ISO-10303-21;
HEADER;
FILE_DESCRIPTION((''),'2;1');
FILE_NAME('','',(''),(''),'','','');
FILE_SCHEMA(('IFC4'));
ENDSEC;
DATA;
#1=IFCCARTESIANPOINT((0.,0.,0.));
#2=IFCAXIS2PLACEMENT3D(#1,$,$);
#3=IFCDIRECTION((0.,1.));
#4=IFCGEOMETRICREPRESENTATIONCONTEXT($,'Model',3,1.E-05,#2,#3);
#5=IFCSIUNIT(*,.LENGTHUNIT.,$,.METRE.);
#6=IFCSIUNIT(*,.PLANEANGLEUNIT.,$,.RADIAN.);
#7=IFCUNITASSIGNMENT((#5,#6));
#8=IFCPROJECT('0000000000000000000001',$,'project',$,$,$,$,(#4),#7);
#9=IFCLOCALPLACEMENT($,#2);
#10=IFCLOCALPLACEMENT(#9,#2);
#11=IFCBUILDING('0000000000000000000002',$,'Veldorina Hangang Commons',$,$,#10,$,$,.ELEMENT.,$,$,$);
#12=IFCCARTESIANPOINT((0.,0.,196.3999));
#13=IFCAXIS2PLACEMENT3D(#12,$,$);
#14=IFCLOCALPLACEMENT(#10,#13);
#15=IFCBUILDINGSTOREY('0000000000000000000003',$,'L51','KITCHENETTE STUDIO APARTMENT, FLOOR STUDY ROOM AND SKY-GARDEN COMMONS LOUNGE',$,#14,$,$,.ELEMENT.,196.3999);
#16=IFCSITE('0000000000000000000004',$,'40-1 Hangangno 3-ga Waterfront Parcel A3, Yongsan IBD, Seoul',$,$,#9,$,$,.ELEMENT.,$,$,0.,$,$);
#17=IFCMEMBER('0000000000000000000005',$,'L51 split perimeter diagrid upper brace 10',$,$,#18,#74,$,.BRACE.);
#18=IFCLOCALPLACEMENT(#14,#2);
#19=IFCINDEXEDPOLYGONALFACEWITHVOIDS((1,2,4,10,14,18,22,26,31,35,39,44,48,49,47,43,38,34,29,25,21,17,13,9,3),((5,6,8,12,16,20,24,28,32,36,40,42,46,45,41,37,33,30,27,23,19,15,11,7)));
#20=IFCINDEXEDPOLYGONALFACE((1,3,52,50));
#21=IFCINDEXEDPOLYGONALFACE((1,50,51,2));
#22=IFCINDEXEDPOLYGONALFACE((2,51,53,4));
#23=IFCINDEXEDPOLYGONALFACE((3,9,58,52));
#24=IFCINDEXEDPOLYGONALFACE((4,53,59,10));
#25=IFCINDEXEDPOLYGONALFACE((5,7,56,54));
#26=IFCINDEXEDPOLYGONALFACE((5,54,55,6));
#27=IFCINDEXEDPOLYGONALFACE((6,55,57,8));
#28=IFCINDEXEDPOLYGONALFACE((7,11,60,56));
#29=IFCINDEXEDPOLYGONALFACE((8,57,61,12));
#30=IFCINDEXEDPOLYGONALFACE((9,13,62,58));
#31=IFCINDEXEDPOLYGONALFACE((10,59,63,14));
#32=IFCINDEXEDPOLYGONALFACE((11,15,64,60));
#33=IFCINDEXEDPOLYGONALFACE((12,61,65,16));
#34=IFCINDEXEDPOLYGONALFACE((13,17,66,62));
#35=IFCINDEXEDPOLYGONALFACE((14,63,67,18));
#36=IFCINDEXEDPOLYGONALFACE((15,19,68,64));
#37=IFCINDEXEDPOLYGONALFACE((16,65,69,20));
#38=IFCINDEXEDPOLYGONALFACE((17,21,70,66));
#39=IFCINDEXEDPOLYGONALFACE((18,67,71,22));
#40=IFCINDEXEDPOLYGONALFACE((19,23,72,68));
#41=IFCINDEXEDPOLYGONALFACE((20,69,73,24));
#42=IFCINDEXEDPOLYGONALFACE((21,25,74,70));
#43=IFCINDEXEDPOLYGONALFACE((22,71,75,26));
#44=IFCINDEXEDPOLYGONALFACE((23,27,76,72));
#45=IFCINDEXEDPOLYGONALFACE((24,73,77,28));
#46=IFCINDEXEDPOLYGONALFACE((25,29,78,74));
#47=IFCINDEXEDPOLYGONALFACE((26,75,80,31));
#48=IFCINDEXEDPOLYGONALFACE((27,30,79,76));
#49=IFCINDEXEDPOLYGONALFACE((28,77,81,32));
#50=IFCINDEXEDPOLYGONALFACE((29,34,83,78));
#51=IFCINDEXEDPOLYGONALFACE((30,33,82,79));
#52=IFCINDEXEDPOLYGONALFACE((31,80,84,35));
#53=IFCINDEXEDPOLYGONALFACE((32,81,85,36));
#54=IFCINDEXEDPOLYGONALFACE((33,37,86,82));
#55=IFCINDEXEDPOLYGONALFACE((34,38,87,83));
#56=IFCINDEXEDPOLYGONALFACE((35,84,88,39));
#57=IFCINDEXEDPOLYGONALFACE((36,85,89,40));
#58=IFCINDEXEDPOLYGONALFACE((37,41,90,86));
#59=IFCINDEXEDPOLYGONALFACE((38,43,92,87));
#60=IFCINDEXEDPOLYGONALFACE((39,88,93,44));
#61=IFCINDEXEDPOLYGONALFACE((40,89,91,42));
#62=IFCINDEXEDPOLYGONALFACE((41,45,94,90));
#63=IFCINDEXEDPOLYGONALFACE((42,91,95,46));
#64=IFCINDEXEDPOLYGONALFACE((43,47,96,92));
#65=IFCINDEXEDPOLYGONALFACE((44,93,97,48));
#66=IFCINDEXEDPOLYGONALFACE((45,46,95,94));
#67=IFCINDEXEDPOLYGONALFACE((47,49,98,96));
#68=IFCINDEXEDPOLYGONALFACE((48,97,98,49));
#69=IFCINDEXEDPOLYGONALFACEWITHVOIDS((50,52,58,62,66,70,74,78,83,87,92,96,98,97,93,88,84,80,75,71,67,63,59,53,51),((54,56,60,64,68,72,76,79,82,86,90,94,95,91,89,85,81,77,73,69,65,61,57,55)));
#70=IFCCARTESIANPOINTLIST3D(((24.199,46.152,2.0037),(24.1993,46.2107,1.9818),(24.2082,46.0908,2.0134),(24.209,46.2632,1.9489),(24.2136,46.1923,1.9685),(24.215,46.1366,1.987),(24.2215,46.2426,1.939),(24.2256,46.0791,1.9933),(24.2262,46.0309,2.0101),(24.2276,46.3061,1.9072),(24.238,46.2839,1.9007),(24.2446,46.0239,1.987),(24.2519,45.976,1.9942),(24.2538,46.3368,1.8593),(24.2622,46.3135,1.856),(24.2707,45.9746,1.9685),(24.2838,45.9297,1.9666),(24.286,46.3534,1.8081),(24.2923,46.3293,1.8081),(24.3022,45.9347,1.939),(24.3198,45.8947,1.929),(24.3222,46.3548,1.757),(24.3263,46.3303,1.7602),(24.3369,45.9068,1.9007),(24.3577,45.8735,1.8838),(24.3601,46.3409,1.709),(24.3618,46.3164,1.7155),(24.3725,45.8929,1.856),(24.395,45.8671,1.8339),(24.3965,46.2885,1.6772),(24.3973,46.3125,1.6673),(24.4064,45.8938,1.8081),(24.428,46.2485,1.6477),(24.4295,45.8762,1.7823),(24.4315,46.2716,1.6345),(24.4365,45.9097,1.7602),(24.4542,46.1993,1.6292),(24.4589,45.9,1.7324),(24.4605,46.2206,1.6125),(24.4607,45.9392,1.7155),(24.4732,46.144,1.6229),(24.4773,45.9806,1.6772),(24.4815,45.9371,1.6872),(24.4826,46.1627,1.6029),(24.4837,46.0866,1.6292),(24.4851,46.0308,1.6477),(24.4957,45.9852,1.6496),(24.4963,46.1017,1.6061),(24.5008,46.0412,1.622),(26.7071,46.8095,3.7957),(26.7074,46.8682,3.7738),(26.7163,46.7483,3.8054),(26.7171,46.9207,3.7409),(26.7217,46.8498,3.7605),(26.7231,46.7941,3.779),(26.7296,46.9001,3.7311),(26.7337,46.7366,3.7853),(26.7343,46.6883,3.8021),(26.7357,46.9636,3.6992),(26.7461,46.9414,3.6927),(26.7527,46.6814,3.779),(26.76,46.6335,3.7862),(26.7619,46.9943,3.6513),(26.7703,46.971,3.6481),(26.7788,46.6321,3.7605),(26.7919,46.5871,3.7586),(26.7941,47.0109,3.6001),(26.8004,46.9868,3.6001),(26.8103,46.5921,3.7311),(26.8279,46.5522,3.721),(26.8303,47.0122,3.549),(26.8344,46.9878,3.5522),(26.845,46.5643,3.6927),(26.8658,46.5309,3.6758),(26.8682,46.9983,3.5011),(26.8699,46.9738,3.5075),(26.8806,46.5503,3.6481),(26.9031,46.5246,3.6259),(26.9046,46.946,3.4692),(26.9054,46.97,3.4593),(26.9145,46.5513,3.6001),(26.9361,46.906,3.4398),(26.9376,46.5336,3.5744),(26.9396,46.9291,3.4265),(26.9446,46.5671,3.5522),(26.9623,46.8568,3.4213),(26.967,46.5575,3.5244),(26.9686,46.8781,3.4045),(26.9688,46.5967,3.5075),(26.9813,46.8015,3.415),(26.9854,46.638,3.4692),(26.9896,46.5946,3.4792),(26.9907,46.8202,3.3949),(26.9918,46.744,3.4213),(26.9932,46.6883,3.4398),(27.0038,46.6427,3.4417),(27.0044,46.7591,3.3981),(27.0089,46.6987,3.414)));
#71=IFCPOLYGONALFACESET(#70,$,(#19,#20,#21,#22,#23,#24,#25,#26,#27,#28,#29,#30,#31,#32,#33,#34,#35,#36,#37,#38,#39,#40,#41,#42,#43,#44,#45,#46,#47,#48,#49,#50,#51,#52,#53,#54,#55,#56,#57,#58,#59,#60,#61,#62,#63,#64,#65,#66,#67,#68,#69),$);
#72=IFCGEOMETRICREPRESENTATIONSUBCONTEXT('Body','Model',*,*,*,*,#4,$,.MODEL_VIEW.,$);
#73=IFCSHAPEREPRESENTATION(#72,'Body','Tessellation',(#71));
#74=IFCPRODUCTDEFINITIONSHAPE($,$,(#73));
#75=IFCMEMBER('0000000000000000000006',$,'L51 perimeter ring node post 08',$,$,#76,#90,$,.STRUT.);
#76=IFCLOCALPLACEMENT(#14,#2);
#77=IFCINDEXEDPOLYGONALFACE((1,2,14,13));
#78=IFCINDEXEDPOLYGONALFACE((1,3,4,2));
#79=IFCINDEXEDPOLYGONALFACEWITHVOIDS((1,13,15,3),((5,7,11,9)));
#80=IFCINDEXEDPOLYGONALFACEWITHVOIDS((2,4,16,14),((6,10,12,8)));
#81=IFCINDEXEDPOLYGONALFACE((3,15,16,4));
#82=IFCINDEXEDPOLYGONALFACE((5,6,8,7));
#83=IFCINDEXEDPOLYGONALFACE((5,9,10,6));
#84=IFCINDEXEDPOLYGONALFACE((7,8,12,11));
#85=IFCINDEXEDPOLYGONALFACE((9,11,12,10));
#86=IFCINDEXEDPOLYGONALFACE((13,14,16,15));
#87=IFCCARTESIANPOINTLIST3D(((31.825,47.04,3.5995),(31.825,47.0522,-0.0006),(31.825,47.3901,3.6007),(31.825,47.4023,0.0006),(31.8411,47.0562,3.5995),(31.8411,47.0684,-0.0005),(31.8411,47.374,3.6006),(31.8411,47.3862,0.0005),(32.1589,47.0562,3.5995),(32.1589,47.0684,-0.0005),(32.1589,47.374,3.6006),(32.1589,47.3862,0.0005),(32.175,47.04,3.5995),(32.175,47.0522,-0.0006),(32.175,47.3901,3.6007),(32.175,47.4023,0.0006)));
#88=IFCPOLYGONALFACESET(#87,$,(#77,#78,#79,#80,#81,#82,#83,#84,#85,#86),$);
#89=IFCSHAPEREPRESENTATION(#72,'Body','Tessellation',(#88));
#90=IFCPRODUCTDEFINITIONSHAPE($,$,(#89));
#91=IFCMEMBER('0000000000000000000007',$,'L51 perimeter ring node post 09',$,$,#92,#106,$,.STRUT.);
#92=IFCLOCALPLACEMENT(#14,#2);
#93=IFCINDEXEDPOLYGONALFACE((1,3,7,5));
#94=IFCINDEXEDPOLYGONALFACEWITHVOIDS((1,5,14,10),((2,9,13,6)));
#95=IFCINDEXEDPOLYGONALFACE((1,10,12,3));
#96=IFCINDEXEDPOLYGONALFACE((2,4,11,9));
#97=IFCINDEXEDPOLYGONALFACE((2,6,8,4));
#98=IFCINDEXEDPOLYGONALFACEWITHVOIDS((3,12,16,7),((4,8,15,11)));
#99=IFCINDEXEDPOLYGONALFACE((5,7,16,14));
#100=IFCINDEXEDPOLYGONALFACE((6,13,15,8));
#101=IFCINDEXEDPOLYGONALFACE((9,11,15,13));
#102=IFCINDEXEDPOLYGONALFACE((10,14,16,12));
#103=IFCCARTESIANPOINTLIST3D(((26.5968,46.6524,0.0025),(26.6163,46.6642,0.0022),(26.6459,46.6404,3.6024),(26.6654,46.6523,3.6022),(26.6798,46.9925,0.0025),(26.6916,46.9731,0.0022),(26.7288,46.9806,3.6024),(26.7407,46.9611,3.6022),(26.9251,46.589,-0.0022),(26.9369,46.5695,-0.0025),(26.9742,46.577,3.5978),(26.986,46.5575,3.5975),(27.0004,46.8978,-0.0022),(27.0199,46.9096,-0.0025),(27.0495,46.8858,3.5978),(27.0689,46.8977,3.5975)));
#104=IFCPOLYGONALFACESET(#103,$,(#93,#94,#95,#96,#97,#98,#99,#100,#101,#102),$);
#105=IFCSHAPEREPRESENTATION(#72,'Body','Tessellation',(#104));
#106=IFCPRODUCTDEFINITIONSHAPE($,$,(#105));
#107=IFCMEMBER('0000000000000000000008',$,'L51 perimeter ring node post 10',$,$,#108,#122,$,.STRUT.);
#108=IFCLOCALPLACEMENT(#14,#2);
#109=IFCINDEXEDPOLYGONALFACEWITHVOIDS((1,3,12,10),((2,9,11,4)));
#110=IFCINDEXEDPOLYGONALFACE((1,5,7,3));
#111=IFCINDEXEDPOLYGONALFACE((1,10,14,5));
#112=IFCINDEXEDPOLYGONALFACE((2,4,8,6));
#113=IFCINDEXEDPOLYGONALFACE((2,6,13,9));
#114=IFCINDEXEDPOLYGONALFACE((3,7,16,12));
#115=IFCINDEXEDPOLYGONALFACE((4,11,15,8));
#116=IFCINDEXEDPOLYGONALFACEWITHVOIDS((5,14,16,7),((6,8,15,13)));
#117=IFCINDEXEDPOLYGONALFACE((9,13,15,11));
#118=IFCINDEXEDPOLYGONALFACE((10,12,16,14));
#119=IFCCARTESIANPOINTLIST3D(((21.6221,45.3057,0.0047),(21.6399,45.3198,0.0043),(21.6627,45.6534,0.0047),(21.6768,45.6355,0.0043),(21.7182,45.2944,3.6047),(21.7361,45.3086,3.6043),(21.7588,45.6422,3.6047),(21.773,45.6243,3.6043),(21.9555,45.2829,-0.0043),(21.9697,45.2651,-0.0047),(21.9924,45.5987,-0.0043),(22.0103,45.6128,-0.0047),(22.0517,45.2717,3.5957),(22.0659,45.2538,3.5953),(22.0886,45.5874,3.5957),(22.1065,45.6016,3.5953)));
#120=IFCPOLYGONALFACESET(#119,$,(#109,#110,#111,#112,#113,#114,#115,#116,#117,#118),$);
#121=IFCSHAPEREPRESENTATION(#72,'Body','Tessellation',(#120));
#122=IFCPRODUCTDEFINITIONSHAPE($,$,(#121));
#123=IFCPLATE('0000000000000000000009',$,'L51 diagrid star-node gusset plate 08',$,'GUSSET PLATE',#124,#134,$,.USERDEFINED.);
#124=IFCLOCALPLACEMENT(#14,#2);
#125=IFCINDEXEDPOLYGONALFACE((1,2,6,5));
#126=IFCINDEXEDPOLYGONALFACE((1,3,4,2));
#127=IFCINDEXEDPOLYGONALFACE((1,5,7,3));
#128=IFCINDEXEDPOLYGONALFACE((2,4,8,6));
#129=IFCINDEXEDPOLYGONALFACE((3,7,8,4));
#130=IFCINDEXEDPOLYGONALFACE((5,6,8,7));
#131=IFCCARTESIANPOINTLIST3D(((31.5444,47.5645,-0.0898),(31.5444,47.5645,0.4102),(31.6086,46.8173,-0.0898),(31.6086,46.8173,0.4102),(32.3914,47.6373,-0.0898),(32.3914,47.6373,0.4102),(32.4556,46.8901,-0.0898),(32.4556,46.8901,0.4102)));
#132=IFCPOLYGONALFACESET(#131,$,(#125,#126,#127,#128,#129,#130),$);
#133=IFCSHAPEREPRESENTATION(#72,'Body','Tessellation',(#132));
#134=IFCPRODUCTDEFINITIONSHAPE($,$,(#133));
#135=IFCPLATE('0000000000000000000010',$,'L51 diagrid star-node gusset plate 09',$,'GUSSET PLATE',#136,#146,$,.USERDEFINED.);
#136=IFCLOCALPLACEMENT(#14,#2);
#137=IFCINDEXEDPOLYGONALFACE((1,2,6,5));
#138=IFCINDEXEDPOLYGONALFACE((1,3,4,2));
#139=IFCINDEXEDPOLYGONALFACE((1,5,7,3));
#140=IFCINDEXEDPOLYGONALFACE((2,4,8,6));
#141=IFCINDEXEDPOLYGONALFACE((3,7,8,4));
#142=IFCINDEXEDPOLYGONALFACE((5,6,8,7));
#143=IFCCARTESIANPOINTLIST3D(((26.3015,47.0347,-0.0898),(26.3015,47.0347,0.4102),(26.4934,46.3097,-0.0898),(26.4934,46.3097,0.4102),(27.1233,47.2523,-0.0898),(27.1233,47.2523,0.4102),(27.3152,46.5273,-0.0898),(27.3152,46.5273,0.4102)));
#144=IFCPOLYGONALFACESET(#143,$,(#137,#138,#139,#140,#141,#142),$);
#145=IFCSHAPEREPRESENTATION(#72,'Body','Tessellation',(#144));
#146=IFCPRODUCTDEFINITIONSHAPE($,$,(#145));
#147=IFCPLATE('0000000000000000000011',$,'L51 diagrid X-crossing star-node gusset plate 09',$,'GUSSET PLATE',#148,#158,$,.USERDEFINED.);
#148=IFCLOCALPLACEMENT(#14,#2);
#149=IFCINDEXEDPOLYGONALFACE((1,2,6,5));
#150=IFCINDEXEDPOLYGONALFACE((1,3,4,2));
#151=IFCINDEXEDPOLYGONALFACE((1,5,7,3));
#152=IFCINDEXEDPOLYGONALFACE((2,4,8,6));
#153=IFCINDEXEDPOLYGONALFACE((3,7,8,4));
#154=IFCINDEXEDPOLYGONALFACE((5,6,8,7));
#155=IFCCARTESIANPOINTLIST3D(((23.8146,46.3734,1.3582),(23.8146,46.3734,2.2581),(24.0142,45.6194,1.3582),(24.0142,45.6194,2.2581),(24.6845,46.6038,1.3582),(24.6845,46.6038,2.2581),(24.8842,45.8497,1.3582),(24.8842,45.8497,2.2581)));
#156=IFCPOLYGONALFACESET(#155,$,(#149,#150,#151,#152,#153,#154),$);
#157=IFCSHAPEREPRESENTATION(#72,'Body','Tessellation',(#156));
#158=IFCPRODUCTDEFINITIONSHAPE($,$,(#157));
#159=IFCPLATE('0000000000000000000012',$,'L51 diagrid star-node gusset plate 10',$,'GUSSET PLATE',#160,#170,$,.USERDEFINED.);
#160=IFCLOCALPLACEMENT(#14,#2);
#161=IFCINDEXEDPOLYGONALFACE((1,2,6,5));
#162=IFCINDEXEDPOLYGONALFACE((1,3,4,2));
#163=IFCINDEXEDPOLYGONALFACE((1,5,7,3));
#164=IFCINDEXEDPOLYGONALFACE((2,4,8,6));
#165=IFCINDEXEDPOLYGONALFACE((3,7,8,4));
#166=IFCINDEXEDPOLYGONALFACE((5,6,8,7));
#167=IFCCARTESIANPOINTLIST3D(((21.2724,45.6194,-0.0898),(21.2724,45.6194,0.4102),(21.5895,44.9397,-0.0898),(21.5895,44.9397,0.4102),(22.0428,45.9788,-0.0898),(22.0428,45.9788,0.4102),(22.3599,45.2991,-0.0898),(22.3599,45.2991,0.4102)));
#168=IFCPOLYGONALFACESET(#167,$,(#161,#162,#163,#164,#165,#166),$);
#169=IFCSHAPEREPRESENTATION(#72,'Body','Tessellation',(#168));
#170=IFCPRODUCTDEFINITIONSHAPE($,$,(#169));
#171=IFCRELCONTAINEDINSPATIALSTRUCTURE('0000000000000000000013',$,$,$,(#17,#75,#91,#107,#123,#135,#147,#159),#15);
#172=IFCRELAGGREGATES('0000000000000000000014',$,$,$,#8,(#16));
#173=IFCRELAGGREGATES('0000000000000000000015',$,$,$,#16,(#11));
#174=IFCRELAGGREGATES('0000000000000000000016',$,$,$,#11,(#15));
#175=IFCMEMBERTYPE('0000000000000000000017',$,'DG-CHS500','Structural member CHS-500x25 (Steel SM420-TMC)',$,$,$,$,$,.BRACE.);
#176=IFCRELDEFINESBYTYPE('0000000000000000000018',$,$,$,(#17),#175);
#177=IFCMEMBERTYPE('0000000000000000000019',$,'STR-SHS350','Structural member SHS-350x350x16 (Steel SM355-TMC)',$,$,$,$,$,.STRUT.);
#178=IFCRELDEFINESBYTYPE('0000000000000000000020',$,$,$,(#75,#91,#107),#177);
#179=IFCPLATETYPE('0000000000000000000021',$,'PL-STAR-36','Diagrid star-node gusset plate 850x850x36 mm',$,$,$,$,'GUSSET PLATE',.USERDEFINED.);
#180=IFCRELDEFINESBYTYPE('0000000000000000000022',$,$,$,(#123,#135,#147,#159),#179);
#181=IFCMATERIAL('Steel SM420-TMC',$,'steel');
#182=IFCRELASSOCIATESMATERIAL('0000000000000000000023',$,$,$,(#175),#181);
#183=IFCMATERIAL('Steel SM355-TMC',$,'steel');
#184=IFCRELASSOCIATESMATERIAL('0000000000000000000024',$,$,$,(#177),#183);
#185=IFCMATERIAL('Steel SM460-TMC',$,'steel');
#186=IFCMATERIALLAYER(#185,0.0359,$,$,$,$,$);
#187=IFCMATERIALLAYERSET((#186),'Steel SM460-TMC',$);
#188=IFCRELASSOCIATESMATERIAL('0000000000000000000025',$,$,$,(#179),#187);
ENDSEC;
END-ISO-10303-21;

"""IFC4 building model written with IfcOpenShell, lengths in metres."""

from ifc_helpers import new_model, si_unit, direction, frame, origin, origin_2d, place, context, subcontext, project, spatial, rectangle, hollow_rectangle, hollow_circle, extrude, material, layer, layer_set, material_profile, profile_set, type_object, element, save


model = new_model("IFC4")

# Units and contexts
model_context = context("Model", 3, precision=1e-05, world=origin(), true_north=direction((0.0, 1.0)))
body_context = subcontext(model_context, "Body", "Model", "MODEL_VIEW")
ifc_project = project(units=[si_unit("LENGTHUNIT", "METRE"), si_unit("PLANEANGLEUNIT", "RADIAN")], contexts=[model_context])

# Site, building, storey
site_placement = place(None, origin())
site = spatial("IfcSite", under=ifc_project, at=site_placement, Name="40-1 Hangangno 3-ga Waterfront Parcel A3, Yongsan IBD, Seoul", CompositionType="ELEMENT", RefElevation=0.0)
building_placement = place(site_placement, origin())
building = spatial("IfcBuilding", under=site, at=building_placement, Name="Veldorina Hangang Commons", CompositionType="ELEMENT")
storey_placement = place(building_placement, frame((0.0, 0.0, 196.3999)))
storey = spatial("IfcBuildingStorey", under=building, at=storey_placement, Name="L51", Description="KITCHENETTE STUDIO APARTMENT, FLOOR STUDY ROOM AND SKY-GARDEN COMMONS LOUNGE", CompositionType="ELEMENT", Elevation=196.3999)

# Shared definitions
ifc_material_1 = material(Name="Steel SM355-TMC", Category="steel")
ifc_material_2 = material(Name="Steel SM420-TMC", Category="steel")

# Members
ifc_material_profile_1 = material_profile(ifc_material_2, hollow_circle(Radius=0.25, WallThickness=0.0249, at=origin_2d()), Name="CHS-500x25")
ifc_profile_set_1 = profile_set([ifc_material_profile_1], Name="Steel SM420-TMC")
member_type_1 = type_object("IfcMemberType", Name="DG-CHS500", Description="Structural member CHS-500x25 (Steel SM420-TMC)", PredefinedType="BRACE", material=ifc_profile_set_1)
member_1_placement = place(storey_placement, frame((24.3494, 46.1116, 1.8081), z_axis=(0.795753, 0.208602, 0.568561), x_axis=(-0.253575, 0.967316, 0.0)))
element("IfcMember", 1, at=member_1_placement, inside=storey, type_object=member_type_1, Name="L51 split perimeter diagrid upper brace 10", PredefinedType="BRACE", context=body_context, shape_type="SweptSolid", body=[
    extrude(hollow_circle(Radius=0.25, WallThickness=0.0249, at=origin_2d()), origin(), (0.0, 0.0, 1.0), 3.1519),
])
ifc_material_profile_2 = material_profile(ifc_material_1, hollow_rectangle(XDim=0.3501, YDim=0.3501, WallThickness=0.0161, at=origin_2d()), Name="SHS-350x350x16")
ifc_profile_set_2 = profile_set([ifc_material_profile_2], Name="Steel SM355-TMC")
member_type_2 = type_object("IfcMemberType", Name="STR-SHS350", Description="Structural member SHS-350x350x16 (Steel SM355-TMC)", PredefinedType="STRUT", material=ifc_profile_set_2)
member_2_placement = place(storey_placement, frame((32.0, 47.2273, 0.0), z_axis=(0.0, -0.003391, 0.999994), x_axis=(1.0, 0.0, 0.0)))
element("IfcMember", 2, at=member_2_placement, inside=storey, type_object=member_type_2, Name="L51 perimeter ring node post 08", PredefinedType="STRUT", context=body_context, shape_type="SweptSolid", body=[
    extrude(hollow_rectangle(XDim=0.3501, YDim=0.3501, WallThickness=0.0161, at=origin_2d()), origin(), (0.0, 0.0, 1.0), 3.6001),
])
member_3_placement = place(storey_placement, frame((26.8083, 46.781, 0.0), z_axis=(0.013629, -0.003323, 0.999902), x_axis=(0.236845, 0.971547, 0.0)))
element("IfcMember", 3, at=member_3_placement, inside=storey, type_object=member_type_2, Name="L51 perimeter ring node post 09", PredefinedType="STRUT", context=body_context, shape_type="SweptSolid", body=[
    extrude(hollow_rectangle(XDim=0.3501, YDim=0.3501, WallThickness=0.0161, at=origin_2d()), origin(), (0.0, 0.0, 1.0), 3.6003),
])
member_4_placement = place(storey_placement, frame((21.8162, 45.4592, 0.0), z_axis=(0.026709, -0.003118, 0.999638), x_axis=(0.115964, 0.993253, 0.0)))
element("IfcMember", 4, at=member_4_placement, inside=storey, type_object=member_type_2, Name="L51 perimeter ring node post 10", PredefinedType="STRUT", context=body_context, shape_type="SweptSolid", body=[
    extrude(hollow_rectangle(XDim=0.3501, YDim=0.3501, WallThickness=0.0161, at=origin_2d()), origin(), (0.0, 0.0, 1.0), 3.6013),
])

# Plates
ifc_material_3 = material(Name="Steel SM460-TMC", Category="steel")
ifc_layer_1 = layer(ifc_material_3, 0.0359)
ifc_layer_set_1 = layer_set([ifc_layer_1], Name="Steel SM460-TMC")
plate_type = type_object("IfcPlateType", Name="PL-STAR-36", Description="Diagrid star-node gusset plate 850x850x36 mm", ElementType="GUSSET PLATE", PredefinedType="USERDEFINED", material=ifc_layer_set_1)
for number, where, z_axis, x_axis, name in (
    (5, (32.0, 47.2273, -0.0898), (0.0, 0.0, 1.0), (-0.996326, -0.085643, 0.0), "L51 diagrid star-node gusset plate 08"),
    (6, (26.8083, 46.781, -0.0898), (0.0, 0.0, 1.0), (-0.96669, -0.255952, 0.0), "L51 diagrid star-node gusset plate 09"),
):
    element("IfcPlate", number, at=place(storey_placement, frame(where, z_axis=z_axis, x_axis=x_axis)), inside=storey, type_object=plate_type, Name=name, ObjectType="GUSSET PLATE", PredefinedType="USERDEFINED", context=body_context, shape_type="SweptSolid", body=[
        extrude(rectangle(XDim=0.8501, YDim=0.75, at=origin_2d()), origin(), (0.0, 0.0, 1.0), 0.5),
    ])
plate_1_placement = place(storey_placement, frame((24.3494, 46.1116, 1.3582), z_axis=(0.0, 0.0, 1.0), x_axis=(-0.96669, -0.255952, 0.0)))
element("IfcPlate", 7, at=plate_1_placement, inside=storey, type_object=plate_type, Name="L51 diagrid X-crossing star-node gusset plate 09", ObjectType="GUSSET PLATE", PredefinedType="USERDEFINED", context=body_context, shape_type="SweptSolid", body=[
    extrude(rectangle(XDim=0.8999, YDim=0.78, at=origin_2d()), origin(), (0.0, 0.0, 1.0), 0.8999),
])
plate_2_placement = place(storey_placement, frame((21.8162, 45.4592, -0.0898), z_axis=(0.0, 0.0, 1.0), x_axis=(-0.906234, -0.422776, 0.0)))
element("IfcPlate", 8, at=plate_2_placement, inside=storey, type_object=plate_type, Name="L51 diagrid star-node gusset plate 10", ObjectType="GUSSET PLATE", PredefinedType="USERDEFINED", context=body_context, shape_type="SweptSolid", body=[
    extrude(rectangle(XDim=0.8501, YDim=0.75, at=origin_2d()), origin(), (0.0, 0.0, 1.0), 0.5),
])

save(model, "model.ifc")
